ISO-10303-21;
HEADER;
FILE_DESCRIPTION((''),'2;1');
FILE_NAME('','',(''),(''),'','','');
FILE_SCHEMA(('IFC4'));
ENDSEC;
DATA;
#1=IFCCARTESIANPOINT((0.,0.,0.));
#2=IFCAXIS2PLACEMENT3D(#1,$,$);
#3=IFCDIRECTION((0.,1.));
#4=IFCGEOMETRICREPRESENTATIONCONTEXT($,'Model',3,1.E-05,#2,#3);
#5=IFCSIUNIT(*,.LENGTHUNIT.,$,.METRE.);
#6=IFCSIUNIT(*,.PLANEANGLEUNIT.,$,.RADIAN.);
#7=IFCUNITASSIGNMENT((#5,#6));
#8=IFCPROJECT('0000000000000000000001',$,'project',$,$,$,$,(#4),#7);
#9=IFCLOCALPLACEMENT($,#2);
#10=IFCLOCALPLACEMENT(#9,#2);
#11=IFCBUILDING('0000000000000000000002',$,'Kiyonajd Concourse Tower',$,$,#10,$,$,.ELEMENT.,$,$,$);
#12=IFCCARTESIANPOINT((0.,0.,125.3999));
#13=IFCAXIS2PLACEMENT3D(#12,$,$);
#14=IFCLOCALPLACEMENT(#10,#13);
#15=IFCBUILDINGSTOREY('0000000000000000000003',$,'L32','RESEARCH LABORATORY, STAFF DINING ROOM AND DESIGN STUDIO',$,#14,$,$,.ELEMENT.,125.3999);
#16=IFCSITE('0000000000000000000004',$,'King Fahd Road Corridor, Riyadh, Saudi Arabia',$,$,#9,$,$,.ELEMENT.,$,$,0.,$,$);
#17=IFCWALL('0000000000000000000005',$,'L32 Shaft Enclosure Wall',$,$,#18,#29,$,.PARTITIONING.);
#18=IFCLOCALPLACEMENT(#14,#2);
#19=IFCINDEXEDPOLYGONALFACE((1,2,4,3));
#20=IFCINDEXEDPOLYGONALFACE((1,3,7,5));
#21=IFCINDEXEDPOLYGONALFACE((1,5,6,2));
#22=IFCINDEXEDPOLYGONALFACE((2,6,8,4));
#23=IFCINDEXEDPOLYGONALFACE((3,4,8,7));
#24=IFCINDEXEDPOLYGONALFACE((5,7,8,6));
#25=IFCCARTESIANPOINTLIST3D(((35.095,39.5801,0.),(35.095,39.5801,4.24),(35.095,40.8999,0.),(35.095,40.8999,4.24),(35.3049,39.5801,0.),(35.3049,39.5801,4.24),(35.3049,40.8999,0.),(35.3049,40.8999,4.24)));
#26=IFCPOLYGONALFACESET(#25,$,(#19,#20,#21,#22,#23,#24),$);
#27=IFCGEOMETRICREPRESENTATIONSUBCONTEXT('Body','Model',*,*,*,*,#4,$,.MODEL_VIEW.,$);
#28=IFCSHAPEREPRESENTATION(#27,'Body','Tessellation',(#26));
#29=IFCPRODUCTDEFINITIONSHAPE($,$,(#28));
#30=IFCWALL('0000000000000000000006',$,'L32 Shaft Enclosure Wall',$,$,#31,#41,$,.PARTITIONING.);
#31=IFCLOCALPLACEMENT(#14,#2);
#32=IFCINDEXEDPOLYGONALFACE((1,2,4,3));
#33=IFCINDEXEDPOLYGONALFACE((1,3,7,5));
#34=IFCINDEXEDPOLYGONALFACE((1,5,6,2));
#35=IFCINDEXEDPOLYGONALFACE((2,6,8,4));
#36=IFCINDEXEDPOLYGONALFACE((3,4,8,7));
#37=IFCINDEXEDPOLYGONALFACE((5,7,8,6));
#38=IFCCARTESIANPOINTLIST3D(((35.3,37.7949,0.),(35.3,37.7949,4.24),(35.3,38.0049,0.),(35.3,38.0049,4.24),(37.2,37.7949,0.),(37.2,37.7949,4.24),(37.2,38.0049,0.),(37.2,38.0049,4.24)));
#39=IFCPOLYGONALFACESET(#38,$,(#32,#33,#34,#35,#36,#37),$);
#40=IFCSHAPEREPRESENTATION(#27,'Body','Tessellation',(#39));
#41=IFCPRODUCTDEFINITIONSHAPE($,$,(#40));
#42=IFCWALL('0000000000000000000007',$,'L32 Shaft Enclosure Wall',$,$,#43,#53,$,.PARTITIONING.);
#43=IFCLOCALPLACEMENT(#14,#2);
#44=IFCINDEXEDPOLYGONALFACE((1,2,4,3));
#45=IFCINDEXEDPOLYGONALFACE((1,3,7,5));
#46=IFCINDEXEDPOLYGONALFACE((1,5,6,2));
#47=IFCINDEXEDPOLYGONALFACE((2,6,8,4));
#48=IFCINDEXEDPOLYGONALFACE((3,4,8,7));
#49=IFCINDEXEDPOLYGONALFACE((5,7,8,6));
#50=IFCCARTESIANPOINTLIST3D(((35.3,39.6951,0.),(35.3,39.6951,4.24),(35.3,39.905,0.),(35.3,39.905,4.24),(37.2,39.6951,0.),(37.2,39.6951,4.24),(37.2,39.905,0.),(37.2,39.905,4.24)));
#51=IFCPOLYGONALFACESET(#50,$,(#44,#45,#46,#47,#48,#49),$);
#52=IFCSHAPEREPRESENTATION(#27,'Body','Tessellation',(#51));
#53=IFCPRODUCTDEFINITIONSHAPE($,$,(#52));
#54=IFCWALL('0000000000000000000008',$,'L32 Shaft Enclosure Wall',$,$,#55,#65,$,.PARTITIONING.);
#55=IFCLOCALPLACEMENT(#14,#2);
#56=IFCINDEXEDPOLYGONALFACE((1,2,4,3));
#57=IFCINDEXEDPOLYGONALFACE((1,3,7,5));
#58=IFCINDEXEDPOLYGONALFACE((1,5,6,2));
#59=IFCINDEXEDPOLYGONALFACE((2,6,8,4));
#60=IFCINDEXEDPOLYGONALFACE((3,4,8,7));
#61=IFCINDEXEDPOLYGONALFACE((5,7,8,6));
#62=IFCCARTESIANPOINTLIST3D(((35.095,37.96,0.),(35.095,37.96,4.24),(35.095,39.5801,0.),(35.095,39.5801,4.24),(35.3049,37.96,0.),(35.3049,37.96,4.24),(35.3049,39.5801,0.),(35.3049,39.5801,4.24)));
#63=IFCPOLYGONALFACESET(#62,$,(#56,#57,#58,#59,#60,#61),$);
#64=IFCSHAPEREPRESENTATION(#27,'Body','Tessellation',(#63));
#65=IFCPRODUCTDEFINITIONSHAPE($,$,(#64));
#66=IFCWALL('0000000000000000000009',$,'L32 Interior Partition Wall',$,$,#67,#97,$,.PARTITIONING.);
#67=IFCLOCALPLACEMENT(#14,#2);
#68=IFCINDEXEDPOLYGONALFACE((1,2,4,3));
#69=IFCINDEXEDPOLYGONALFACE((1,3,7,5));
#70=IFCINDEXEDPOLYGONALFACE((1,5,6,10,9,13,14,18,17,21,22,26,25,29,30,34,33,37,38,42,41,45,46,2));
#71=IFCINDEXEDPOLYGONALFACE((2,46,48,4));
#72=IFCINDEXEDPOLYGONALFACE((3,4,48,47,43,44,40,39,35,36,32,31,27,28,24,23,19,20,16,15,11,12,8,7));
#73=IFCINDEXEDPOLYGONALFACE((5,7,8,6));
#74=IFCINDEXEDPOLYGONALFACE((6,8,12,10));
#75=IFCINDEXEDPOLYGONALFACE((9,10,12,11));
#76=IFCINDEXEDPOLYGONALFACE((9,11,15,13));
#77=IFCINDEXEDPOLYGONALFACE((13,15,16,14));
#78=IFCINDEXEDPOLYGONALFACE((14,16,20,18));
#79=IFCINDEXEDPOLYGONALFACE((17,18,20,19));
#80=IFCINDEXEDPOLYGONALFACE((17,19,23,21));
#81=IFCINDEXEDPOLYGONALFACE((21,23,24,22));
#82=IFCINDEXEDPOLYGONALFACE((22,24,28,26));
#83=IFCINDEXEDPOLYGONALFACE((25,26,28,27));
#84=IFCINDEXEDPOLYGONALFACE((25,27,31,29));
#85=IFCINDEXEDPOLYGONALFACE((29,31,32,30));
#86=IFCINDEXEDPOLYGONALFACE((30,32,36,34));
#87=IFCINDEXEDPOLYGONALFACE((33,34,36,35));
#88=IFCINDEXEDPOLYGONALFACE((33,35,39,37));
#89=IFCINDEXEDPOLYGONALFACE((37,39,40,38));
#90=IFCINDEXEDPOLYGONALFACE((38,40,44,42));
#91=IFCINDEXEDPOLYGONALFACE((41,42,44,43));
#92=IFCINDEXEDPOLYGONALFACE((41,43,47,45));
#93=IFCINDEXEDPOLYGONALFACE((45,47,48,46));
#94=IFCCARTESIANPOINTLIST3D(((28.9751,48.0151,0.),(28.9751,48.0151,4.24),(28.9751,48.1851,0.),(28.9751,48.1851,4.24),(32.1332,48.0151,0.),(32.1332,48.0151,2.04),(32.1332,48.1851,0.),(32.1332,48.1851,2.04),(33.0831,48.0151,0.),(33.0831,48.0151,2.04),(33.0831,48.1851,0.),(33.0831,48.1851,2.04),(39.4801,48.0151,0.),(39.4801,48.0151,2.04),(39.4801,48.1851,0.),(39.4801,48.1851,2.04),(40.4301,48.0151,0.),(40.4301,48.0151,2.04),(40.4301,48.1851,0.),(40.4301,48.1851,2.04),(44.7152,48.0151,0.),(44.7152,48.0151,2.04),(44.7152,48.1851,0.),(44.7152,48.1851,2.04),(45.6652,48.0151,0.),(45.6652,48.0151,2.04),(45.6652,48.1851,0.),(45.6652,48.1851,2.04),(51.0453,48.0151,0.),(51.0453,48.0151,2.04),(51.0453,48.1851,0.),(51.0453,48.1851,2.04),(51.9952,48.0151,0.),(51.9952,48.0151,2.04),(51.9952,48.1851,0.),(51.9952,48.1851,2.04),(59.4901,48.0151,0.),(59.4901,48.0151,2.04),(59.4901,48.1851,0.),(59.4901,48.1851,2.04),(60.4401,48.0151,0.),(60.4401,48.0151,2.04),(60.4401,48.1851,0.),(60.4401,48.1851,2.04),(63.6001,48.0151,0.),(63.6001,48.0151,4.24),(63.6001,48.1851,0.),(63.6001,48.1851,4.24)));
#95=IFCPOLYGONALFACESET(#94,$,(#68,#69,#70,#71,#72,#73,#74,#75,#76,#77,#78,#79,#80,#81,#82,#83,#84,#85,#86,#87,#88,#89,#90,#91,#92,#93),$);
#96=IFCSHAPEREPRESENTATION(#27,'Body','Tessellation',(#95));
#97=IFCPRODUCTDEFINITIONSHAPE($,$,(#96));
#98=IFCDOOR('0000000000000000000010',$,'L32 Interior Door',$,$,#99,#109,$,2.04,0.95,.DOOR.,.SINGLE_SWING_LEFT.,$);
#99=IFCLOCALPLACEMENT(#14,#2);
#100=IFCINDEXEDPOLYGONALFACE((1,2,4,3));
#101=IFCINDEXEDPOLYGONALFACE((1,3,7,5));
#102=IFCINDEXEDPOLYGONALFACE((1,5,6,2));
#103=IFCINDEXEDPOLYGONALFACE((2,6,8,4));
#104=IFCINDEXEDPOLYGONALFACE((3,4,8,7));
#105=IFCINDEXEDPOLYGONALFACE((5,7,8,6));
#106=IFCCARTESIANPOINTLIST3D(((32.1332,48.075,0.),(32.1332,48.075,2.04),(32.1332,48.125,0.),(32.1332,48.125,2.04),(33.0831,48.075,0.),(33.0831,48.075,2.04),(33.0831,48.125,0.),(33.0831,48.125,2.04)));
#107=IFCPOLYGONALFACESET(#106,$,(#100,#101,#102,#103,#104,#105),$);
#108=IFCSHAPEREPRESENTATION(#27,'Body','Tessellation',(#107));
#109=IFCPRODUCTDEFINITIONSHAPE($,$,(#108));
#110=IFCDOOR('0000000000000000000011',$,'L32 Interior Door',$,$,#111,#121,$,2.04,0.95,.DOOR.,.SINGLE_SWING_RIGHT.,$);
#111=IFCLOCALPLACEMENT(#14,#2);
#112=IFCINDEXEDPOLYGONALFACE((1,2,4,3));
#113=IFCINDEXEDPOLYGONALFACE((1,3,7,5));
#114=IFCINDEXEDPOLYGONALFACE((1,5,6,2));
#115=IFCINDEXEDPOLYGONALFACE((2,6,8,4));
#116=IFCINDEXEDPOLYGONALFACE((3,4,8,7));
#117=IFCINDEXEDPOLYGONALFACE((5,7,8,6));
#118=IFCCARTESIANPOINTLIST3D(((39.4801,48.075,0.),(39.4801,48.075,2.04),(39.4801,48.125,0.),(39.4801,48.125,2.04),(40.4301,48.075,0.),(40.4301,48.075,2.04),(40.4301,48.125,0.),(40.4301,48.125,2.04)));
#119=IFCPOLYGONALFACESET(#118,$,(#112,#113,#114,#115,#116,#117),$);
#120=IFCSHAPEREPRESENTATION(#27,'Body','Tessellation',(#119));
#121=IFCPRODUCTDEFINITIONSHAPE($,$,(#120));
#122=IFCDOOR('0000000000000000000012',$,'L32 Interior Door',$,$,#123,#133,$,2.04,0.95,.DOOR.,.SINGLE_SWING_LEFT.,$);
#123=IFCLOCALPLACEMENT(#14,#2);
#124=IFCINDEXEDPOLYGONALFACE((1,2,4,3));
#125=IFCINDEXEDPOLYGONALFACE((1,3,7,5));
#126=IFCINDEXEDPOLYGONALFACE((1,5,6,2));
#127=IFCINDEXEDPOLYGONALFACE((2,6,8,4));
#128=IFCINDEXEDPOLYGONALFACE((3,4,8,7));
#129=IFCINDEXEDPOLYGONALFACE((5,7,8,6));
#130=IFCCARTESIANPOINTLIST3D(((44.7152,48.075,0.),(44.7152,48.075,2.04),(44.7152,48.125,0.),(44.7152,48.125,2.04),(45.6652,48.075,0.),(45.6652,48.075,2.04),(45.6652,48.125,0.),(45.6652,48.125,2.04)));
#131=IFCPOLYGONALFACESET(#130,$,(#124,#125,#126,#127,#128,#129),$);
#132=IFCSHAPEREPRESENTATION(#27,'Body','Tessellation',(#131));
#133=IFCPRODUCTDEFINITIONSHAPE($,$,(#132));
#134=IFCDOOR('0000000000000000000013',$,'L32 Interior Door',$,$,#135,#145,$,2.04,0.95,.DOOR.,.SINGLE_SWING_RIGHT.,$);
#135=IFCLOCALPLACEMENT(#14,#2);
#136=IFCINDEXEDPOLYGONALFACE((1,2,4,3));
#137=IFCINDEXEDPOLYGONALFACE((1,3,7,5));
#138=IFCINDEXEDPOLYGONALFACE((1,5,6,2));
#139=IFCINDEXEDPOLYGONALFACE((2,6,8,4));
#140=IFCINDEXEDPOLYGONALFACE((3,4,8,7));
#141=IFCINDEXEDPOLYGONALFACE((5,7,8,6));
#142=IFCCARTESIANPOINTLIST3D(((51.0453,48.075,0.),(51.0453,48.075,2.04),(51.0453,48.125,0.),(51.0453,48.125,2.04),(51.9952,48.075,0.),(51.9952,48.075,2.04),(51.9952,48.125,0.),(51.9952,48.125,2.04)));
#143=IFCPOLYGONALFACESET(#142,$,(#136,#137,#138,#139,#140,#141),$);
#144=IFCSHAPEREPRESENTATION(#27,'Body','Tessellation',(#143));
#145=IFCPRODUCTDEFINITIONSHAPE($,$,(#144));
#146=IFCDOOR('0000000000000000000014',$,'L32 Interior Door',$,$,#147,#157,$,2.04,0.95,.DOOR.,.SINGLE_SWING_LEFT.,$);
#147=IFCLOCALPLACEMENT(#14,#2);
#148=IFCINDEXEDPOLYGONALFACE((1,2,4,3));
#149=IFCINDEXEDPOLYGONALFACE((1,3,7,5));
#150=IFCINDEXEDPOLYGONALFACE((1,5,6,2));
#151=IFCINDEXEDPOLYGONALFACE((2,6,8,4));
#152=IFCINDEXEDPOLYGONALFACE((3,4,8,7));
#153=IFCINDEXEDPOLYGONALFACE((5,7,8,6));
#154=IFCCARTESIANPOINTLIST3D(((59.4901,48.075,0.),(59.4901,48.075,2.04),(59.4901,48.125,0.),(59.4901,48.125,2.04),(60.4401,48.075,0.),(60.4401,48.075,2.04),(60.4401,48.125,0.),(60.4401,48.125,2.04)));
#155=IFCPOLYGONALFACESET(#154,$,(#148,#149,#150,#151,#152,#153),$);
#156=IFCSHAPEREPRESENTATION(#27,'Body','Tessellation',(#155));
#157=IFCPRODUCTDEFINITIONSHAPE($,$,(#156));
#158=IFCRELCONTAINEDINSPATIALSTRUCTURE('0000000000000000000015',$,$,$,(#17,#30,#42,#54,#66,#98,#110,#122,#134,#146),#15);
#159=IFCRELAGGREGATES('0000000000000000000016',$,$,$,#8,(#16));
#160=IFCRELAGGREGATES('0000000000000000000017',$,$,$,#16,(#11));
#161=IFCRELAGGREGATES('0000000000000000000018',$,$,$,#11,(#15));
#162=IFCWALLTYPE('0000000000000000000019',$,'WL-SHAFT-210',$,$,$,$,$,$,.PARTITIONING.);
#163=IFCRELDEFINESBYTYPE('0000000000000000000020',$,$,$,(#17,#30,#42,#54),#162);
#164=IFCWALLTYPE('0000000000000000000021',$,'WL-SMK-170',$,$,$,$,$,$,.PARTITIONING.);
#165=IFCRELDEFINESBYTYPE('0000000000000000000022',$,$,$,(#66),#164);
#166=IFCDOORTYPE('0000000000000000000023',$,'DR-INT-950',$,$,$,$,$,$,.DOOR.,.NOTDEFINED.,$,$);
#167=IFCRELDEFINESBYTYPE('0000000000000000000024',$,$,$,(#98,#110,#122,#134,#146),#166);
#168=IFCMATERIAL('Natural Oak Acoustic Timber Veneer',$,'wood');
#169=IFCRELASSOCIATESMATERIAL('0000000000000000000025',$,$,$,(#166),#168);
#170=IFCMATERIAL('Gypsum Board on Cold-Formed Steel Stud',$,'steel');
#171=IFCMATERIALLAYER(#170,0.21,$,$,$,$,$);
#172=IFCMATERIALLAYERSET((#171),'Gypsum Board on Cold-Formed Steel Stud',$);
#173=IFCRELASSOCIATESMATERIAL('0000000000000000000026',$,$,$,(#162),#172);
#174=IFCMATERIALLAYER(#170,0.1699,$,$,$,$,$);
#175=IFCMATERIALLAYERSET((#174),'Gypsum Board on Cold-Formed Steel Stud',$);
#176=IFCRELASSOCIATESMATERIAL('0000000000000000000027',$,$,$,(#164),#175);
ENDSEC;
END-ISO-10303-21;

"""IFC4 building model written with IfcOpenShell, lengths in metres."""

from ifc_helpers import new_model, si_unit, direction, frame, frame_2d, origin, place, context, subcontext, project, spatial, rectangle, extrude, material, layer, layer_set, type_object, element, fill, save


model = new_model("IFC4")

# Units and contexts
model_context = context("Model", 3, precision=1e-05, world=origin(), true_north=direction((0.0, 1.0)))
body_context = subcontext(model_context, "Body", "Model", "MODEL_VIEW")
ifc_project = project(units=[si_unit("LENGTHUNIT", "METRE"), si_unit("PLANEANGLEUNIT", "RADIAN")], contexts=[model_context])

# Site, building, storey
site_placement = place(None, origin())
site = spatial("IfcSite", under=ifc_project, at=site_placement, Name="King Fahd Road Corridor, Riyadh, Saudi Arabia", CompositionType="ELEMENT", RefElevation=0.0)
building_placement = place(site_placement, origin())
building = spatial("IfcBuilding", under=site, at=building_placement, Name="Kiyonajd Concourse Tower", CompositionType="ELEMENT")
storey_placement = place(building_placement, frame((0.0, 0.0, 125.3999)))
storey = spatial("IfcBuildingStorey", under=building, at=storey_placement, Name="L32", Description="RESEARCH LABORATORY, STAFF DINING ROOM AND DESIGN STUDIO", CompositionType="ELEMENT", Elevation=125.3999)

# Shared definitions
ifc_material_1 = material(Name="Natural Oak Acoustic Timber Veneer", Category="wood")
door_type_1 = type_object("IfcDoorType", Name="DR-INT-950", OperationType="NOTDEFINED", PredefinedType="DOOR", material=ifc_material_1)

# Walls
ifc_material_2 = material(Name="Gypsum Board on Cold-Formed Steel Stud", Category="steel")
ifc_layer_1 = layer(ifc_material_2, 0.21)
ifc_layer_set_1 = layer_set([ifc_layer_1], Name="Gypsum Board on Cold-Formed Steel Stud")
wall_type_1 = type_object("IfcWallType", Name="WL-SHAFT-210", PredefinedType="PARTITIONING", material=ifc_layer_set_1)
wall_1_placement = place(storey_placement, frame((35.2, 39.5801, 0.0), z_axis=(0.0, 0.0, 1.0), x_axis=(0.0, 1.0, 0.0)))
element("IfcWall", 1, at=wall_1_placement, inside=storey, type_object=wall_type_1, Name="L32 Shaft Enclosure Wall", PredefinedType="PARTITIONING", context=body_context, shape_type="SweptSolid", body=[
    extrude(rectangle(XDim=1.3198, YDim=0.21, at=frame_2d((0.6599, 0.0))), origin(), (0.0, 0.0, 1.0), 4.24),
])
for number, where, z_axis, x_axis, name in (
    (2, (35.3, 37.8999, 0.0), (0.0, 0.0, 1.0), (1.0, 0.0, 0.0), "L32 Shaft Enclosure Wall"),
    (3, (35.3, 39.8, 0.0), (0.0, 0.0, 1.0), (1.0, 0.0, 0.0), "L32 Shaft Enclosure Wall"),
):
    element("IfcWall", number, at=place(storey_placement, frame(where, z_axis=z_axis, x_axis=x_axis)), inside=storey, type_object=wall_type_1, Name=name, PredefinedType="PARTITIONING", context=body_context, shape_type="SweptSolid", body=[
        extrude(rectangle(XDim=1.8999, YDim=0.21, at=frame_2d((0.95, 0.0))), origin(), (0.0, 0.0, 1.0), 4.24),
    ])
wall_2_placement = place(storey_placement, frame((35.2, 37.96, 0.0), z_axis=(0.0, 0.0, 1.0), x_axis=(0.0, 1.0, 0.0)))
element("IfcWall", 4, at=wall_2_placement, inside=storey, type_object=wall_type_1, Name="L32 Shaft Enclosure Wall", PredefinedType="PARTITIONING", context=body_context, shape_type="SweptSolid", body=[
    extrude(rectangle(XDim=1.6201, YDim=0.21, at=frame_2d((0.8101, 0.0))), origin(), (0.0, 0.0, 1.0), 4.24),
])

# Wall, openings, doors
ifc_layer_2 = layer(ifc_material_2, 0.1699)
ifc_layer_set_2 = layer_set([ifc_layer_2], Name="Gypsum Board on Cold-Formed Steel Stud")
wall_type_2 = type_object("IfcWallType", Name="WL-SMK-170", PredefinedType="PARTITIONING", material=ifc_layer_set_2)
wall_3_placement = place(storey_placement, frame((28.9751, 48.1001, 0.0), z_axis=(0.0, 0.0, 1.0), x_axis=(1.0, 0.0, 0.0)))
wall_3 = element("IfcWall", 5, at=wall_3_placement, inside=storey, type_object=wall_type_2, Name="L32 Interior Partition Wall", PredefinedType="PARTITIONING", context=body_context, shape_type="SweptSolid", body=[
    extrude(rectangle(XDim=34.625, YDim=0.1699, at=frame_2d((17.3125, 0.0))), origin(), (0.0, 0.0, 1.0), 4.24),
])
opening_1_placement = place(wall_3_placement, frame((3.158, 0.0, 0.0)))
opening_1 = element("IfcOpeningElement", 6, at=opening_1_placement, cuts=wall_3, PredefinedType="OPENING", context=body_context, shape_type="SweptSolid", body=[
    extrude(rectangle(XDim=0.95, YDim=2.04, at=frame_2d((0.4751, 1.02))), frame((0.0, 0.095, 0.0), z_axis=(0.0, -1.0, 0.0), x_axis=(1.0, 0.0, 0.0)), (0.0, 0.0, 1.0), 0.1899),
])
opening_2_placement = place(wall_3_placement, frame((10.5049, 0.0, 0.0)))
opening_2 = element("IfcOpeningElement", 7, at=opening_2_placement, cuts=wall_3, PredefinedType="OPENING", context=body_context, shape_type="SweptSolid", body=[
    extrude(rectangle(XDim=0.95, YDim=2.04, at=frame_2d((0.4751, 1.02))), frame((0.0, 0.095, 0.0), z_axis=(0.0, -1.0, 0.0), x_axis=(1.0, 0.0, 0.0)), (0.0, 0.0, 1.0), 0.1899),
])
opening_3_placement = place(wall_3_placement, frame((15.74, 0.0, 0.0)))
opening_3 = element("IfcOpeningElement", 8, at=opening_3_placement, cuts=wall_3, PredefinedType="OPENING", context=body_context, shape_type="SweptSolid", body=[
    extrude(rectangle(XDim=0.95, YDim=2.04, at=frame_2d((0.4751, 1.02))), frame((0.0, 0.095, 0.0), z_axis=(0.0, -1.0, 0.0), x_axis=(1.0, 0.0, 0.0)), (0.0, 0.0, 1.0), 0.1899),
])
opening_4_placement = place(wall_3_placement, frame((22.0701, 0.0, 0.0)))
opening_4 = element("IfcOpeningElement", 9, at=opening_4_placement, cuts=wall_3, PredefinedType="OPENING", context=body_context, shape_type="SweptSolid", body=[
    extrude(rectangle(XDim=0.95, YDim=2.04, at=frame_2d((0.4751, 1.02))), frame((0.0, 0.095, 0.0), z_axis=(0.0, -1.0, 0.0), x_axis=(1.0, 0.0, 0.0)), (0.0, 0.0, 1.0), 0.1899),
])
opening_5_placement = place(wall_3_placement, frame((30.5149, 0.0, 0.0)))
opening_5 = element("IfcOpeningElement", 10, at=opening_5_placement, cuts=wall_3, PredefinedType="OPENING", context=body_context, shape_type="SweptSolid", body=[
    extrude(rectangle(XDim=0.95, YDim=2.04, at=frame_2d((0.4751, 1.02))), frame((0.0, 0.095, 0.0), z_axis=(0.0, -1.0, 0.0), x_axis=(1.0, 0.0, 0.0)), (0.0, 0.0, 1.0), 0.1899),
])
door_1_placement = place(opening_1_placement, origin())
door_1 = element("IfcDoor", 11, at=door_1_placement, inside=storey, type_object=door_type_1, Name="L32 Interior Door", OperationType="SINGLE_SWING_LEFT", OverallHeight=2.04, OverallWidth=0.95, PredefinedType="DOOR", context=body_context, shape_type="SweptSolid", body=[
    extrude(rectangle(XDim=0.95, YDim=2.04, at=frame_2d((0.4751, 1.02))), frame((0.0, 0.0249, 0.0), z_axis=(0.0, -1.0, 0.0), x_axis=(1.0, 0.0, 0.0)), (0.0, 0.0, 1.0), 0.05),
])
fill(opening_1, door_1)
door_2_placement = place(opening_2_placement, origin())
door_2 = element("IfcDoor", 12, at=door_2_placement, inside=storey, type_object=door_type_1, Name="L32 Interior Door", OperationType="SINGLE_SWING_RIGHT", OverallHeight=2.04, OverallWidth=0.95, PredefinedType="DOOR", context=body_context, shape_type="SweptSolid", body=[
    extrude(rectangle(XDim=0.95, YDim=2.04, at=frame_2d((0.4751, 1.02))), frame((0.0, 0.0249, 0.0), z_axis=(0.0, -1.0, 0.0), x_axis=(1.0, 0.0, 0.0)), (0.0, 0.0, 1.0), 0.05),
])
fill(opening_2, door_2)
door_3_placement = place(opening_3_placement, origin())
door_3 = element("IfcDoor", 13, at=door_3_placement, inside=storey, type_object=door_type_1, Name="L32 Interior Door", OperationType="SINGLE_SWING_LEFT", OverallHeight=2.04, OverallWidth=0.95, PredefinedType="DOOR", context=body_context, shape_type="SweptSolid", body=[
    extrude(rectangle(XDim=0.95, YDim=2.04, at=frame_2d((0.4751, 1.02))), frame((0.0, 0.0249, 0.0), z_axis=(0.0, -1.0, 0.0), x_axis=(1.0, 0.0, 0.0)), (0.0, 0.0, 1.0), 0.05),
])
fill(opening_3, door_3)
door_4_placement = place(opening_4_placement, origin())
door_4 = element("IfcDoor", 14, at=door_4_placement, inside=storey, type_object=door_type_1, Name="L32 Interior Door", OperationType="SINGLE_SWING_RIGHT", OverallHeight=2.04, OverallWidth=0.95, PredefinedType="DOOR", context=body_context, shape_type="SweptSolid", body=[
    extrude(rectangle(XDim=0.95, YDim=2.04, at=frame_2d((0.4751, 1.02))), frame((0.0, 0.0249, 0.0), z_axis=(0.0, -1.0, 0.0), x_axis=(1.0, 0.0, 0.0)), (0.0, 0.0, 1.0), 0.05),
])
fill(opening_4, door_4)
door_5_placement = place(opening_5_placement, origin())
door_5 = element("IfcDoor", 15, at=door_5_placement, inside=storey, type_object=door_type_1, Name="L32 Interior Door", OperationType="SINGLE_SWING_LEFT", OverallHeight=2.04, OverallWidth=0.95, PredefinedType="DOOR", context=body_context, shape_type="SweptSolid", body=[
    extrude(rectangle(XDim=0.95, YDim=2.04, at=frame_2d((0.4751, 1.02))), frame((0.0, 0.0249, 0.0), z_axis=(0.0, -1.0, 0.0), x_axis=(1.0, 0.0, 0.0)), (0.0, 0.0, 1.0), 0.05),
])
fill(opening_5, door_5)

save(model, "model.ifc")
